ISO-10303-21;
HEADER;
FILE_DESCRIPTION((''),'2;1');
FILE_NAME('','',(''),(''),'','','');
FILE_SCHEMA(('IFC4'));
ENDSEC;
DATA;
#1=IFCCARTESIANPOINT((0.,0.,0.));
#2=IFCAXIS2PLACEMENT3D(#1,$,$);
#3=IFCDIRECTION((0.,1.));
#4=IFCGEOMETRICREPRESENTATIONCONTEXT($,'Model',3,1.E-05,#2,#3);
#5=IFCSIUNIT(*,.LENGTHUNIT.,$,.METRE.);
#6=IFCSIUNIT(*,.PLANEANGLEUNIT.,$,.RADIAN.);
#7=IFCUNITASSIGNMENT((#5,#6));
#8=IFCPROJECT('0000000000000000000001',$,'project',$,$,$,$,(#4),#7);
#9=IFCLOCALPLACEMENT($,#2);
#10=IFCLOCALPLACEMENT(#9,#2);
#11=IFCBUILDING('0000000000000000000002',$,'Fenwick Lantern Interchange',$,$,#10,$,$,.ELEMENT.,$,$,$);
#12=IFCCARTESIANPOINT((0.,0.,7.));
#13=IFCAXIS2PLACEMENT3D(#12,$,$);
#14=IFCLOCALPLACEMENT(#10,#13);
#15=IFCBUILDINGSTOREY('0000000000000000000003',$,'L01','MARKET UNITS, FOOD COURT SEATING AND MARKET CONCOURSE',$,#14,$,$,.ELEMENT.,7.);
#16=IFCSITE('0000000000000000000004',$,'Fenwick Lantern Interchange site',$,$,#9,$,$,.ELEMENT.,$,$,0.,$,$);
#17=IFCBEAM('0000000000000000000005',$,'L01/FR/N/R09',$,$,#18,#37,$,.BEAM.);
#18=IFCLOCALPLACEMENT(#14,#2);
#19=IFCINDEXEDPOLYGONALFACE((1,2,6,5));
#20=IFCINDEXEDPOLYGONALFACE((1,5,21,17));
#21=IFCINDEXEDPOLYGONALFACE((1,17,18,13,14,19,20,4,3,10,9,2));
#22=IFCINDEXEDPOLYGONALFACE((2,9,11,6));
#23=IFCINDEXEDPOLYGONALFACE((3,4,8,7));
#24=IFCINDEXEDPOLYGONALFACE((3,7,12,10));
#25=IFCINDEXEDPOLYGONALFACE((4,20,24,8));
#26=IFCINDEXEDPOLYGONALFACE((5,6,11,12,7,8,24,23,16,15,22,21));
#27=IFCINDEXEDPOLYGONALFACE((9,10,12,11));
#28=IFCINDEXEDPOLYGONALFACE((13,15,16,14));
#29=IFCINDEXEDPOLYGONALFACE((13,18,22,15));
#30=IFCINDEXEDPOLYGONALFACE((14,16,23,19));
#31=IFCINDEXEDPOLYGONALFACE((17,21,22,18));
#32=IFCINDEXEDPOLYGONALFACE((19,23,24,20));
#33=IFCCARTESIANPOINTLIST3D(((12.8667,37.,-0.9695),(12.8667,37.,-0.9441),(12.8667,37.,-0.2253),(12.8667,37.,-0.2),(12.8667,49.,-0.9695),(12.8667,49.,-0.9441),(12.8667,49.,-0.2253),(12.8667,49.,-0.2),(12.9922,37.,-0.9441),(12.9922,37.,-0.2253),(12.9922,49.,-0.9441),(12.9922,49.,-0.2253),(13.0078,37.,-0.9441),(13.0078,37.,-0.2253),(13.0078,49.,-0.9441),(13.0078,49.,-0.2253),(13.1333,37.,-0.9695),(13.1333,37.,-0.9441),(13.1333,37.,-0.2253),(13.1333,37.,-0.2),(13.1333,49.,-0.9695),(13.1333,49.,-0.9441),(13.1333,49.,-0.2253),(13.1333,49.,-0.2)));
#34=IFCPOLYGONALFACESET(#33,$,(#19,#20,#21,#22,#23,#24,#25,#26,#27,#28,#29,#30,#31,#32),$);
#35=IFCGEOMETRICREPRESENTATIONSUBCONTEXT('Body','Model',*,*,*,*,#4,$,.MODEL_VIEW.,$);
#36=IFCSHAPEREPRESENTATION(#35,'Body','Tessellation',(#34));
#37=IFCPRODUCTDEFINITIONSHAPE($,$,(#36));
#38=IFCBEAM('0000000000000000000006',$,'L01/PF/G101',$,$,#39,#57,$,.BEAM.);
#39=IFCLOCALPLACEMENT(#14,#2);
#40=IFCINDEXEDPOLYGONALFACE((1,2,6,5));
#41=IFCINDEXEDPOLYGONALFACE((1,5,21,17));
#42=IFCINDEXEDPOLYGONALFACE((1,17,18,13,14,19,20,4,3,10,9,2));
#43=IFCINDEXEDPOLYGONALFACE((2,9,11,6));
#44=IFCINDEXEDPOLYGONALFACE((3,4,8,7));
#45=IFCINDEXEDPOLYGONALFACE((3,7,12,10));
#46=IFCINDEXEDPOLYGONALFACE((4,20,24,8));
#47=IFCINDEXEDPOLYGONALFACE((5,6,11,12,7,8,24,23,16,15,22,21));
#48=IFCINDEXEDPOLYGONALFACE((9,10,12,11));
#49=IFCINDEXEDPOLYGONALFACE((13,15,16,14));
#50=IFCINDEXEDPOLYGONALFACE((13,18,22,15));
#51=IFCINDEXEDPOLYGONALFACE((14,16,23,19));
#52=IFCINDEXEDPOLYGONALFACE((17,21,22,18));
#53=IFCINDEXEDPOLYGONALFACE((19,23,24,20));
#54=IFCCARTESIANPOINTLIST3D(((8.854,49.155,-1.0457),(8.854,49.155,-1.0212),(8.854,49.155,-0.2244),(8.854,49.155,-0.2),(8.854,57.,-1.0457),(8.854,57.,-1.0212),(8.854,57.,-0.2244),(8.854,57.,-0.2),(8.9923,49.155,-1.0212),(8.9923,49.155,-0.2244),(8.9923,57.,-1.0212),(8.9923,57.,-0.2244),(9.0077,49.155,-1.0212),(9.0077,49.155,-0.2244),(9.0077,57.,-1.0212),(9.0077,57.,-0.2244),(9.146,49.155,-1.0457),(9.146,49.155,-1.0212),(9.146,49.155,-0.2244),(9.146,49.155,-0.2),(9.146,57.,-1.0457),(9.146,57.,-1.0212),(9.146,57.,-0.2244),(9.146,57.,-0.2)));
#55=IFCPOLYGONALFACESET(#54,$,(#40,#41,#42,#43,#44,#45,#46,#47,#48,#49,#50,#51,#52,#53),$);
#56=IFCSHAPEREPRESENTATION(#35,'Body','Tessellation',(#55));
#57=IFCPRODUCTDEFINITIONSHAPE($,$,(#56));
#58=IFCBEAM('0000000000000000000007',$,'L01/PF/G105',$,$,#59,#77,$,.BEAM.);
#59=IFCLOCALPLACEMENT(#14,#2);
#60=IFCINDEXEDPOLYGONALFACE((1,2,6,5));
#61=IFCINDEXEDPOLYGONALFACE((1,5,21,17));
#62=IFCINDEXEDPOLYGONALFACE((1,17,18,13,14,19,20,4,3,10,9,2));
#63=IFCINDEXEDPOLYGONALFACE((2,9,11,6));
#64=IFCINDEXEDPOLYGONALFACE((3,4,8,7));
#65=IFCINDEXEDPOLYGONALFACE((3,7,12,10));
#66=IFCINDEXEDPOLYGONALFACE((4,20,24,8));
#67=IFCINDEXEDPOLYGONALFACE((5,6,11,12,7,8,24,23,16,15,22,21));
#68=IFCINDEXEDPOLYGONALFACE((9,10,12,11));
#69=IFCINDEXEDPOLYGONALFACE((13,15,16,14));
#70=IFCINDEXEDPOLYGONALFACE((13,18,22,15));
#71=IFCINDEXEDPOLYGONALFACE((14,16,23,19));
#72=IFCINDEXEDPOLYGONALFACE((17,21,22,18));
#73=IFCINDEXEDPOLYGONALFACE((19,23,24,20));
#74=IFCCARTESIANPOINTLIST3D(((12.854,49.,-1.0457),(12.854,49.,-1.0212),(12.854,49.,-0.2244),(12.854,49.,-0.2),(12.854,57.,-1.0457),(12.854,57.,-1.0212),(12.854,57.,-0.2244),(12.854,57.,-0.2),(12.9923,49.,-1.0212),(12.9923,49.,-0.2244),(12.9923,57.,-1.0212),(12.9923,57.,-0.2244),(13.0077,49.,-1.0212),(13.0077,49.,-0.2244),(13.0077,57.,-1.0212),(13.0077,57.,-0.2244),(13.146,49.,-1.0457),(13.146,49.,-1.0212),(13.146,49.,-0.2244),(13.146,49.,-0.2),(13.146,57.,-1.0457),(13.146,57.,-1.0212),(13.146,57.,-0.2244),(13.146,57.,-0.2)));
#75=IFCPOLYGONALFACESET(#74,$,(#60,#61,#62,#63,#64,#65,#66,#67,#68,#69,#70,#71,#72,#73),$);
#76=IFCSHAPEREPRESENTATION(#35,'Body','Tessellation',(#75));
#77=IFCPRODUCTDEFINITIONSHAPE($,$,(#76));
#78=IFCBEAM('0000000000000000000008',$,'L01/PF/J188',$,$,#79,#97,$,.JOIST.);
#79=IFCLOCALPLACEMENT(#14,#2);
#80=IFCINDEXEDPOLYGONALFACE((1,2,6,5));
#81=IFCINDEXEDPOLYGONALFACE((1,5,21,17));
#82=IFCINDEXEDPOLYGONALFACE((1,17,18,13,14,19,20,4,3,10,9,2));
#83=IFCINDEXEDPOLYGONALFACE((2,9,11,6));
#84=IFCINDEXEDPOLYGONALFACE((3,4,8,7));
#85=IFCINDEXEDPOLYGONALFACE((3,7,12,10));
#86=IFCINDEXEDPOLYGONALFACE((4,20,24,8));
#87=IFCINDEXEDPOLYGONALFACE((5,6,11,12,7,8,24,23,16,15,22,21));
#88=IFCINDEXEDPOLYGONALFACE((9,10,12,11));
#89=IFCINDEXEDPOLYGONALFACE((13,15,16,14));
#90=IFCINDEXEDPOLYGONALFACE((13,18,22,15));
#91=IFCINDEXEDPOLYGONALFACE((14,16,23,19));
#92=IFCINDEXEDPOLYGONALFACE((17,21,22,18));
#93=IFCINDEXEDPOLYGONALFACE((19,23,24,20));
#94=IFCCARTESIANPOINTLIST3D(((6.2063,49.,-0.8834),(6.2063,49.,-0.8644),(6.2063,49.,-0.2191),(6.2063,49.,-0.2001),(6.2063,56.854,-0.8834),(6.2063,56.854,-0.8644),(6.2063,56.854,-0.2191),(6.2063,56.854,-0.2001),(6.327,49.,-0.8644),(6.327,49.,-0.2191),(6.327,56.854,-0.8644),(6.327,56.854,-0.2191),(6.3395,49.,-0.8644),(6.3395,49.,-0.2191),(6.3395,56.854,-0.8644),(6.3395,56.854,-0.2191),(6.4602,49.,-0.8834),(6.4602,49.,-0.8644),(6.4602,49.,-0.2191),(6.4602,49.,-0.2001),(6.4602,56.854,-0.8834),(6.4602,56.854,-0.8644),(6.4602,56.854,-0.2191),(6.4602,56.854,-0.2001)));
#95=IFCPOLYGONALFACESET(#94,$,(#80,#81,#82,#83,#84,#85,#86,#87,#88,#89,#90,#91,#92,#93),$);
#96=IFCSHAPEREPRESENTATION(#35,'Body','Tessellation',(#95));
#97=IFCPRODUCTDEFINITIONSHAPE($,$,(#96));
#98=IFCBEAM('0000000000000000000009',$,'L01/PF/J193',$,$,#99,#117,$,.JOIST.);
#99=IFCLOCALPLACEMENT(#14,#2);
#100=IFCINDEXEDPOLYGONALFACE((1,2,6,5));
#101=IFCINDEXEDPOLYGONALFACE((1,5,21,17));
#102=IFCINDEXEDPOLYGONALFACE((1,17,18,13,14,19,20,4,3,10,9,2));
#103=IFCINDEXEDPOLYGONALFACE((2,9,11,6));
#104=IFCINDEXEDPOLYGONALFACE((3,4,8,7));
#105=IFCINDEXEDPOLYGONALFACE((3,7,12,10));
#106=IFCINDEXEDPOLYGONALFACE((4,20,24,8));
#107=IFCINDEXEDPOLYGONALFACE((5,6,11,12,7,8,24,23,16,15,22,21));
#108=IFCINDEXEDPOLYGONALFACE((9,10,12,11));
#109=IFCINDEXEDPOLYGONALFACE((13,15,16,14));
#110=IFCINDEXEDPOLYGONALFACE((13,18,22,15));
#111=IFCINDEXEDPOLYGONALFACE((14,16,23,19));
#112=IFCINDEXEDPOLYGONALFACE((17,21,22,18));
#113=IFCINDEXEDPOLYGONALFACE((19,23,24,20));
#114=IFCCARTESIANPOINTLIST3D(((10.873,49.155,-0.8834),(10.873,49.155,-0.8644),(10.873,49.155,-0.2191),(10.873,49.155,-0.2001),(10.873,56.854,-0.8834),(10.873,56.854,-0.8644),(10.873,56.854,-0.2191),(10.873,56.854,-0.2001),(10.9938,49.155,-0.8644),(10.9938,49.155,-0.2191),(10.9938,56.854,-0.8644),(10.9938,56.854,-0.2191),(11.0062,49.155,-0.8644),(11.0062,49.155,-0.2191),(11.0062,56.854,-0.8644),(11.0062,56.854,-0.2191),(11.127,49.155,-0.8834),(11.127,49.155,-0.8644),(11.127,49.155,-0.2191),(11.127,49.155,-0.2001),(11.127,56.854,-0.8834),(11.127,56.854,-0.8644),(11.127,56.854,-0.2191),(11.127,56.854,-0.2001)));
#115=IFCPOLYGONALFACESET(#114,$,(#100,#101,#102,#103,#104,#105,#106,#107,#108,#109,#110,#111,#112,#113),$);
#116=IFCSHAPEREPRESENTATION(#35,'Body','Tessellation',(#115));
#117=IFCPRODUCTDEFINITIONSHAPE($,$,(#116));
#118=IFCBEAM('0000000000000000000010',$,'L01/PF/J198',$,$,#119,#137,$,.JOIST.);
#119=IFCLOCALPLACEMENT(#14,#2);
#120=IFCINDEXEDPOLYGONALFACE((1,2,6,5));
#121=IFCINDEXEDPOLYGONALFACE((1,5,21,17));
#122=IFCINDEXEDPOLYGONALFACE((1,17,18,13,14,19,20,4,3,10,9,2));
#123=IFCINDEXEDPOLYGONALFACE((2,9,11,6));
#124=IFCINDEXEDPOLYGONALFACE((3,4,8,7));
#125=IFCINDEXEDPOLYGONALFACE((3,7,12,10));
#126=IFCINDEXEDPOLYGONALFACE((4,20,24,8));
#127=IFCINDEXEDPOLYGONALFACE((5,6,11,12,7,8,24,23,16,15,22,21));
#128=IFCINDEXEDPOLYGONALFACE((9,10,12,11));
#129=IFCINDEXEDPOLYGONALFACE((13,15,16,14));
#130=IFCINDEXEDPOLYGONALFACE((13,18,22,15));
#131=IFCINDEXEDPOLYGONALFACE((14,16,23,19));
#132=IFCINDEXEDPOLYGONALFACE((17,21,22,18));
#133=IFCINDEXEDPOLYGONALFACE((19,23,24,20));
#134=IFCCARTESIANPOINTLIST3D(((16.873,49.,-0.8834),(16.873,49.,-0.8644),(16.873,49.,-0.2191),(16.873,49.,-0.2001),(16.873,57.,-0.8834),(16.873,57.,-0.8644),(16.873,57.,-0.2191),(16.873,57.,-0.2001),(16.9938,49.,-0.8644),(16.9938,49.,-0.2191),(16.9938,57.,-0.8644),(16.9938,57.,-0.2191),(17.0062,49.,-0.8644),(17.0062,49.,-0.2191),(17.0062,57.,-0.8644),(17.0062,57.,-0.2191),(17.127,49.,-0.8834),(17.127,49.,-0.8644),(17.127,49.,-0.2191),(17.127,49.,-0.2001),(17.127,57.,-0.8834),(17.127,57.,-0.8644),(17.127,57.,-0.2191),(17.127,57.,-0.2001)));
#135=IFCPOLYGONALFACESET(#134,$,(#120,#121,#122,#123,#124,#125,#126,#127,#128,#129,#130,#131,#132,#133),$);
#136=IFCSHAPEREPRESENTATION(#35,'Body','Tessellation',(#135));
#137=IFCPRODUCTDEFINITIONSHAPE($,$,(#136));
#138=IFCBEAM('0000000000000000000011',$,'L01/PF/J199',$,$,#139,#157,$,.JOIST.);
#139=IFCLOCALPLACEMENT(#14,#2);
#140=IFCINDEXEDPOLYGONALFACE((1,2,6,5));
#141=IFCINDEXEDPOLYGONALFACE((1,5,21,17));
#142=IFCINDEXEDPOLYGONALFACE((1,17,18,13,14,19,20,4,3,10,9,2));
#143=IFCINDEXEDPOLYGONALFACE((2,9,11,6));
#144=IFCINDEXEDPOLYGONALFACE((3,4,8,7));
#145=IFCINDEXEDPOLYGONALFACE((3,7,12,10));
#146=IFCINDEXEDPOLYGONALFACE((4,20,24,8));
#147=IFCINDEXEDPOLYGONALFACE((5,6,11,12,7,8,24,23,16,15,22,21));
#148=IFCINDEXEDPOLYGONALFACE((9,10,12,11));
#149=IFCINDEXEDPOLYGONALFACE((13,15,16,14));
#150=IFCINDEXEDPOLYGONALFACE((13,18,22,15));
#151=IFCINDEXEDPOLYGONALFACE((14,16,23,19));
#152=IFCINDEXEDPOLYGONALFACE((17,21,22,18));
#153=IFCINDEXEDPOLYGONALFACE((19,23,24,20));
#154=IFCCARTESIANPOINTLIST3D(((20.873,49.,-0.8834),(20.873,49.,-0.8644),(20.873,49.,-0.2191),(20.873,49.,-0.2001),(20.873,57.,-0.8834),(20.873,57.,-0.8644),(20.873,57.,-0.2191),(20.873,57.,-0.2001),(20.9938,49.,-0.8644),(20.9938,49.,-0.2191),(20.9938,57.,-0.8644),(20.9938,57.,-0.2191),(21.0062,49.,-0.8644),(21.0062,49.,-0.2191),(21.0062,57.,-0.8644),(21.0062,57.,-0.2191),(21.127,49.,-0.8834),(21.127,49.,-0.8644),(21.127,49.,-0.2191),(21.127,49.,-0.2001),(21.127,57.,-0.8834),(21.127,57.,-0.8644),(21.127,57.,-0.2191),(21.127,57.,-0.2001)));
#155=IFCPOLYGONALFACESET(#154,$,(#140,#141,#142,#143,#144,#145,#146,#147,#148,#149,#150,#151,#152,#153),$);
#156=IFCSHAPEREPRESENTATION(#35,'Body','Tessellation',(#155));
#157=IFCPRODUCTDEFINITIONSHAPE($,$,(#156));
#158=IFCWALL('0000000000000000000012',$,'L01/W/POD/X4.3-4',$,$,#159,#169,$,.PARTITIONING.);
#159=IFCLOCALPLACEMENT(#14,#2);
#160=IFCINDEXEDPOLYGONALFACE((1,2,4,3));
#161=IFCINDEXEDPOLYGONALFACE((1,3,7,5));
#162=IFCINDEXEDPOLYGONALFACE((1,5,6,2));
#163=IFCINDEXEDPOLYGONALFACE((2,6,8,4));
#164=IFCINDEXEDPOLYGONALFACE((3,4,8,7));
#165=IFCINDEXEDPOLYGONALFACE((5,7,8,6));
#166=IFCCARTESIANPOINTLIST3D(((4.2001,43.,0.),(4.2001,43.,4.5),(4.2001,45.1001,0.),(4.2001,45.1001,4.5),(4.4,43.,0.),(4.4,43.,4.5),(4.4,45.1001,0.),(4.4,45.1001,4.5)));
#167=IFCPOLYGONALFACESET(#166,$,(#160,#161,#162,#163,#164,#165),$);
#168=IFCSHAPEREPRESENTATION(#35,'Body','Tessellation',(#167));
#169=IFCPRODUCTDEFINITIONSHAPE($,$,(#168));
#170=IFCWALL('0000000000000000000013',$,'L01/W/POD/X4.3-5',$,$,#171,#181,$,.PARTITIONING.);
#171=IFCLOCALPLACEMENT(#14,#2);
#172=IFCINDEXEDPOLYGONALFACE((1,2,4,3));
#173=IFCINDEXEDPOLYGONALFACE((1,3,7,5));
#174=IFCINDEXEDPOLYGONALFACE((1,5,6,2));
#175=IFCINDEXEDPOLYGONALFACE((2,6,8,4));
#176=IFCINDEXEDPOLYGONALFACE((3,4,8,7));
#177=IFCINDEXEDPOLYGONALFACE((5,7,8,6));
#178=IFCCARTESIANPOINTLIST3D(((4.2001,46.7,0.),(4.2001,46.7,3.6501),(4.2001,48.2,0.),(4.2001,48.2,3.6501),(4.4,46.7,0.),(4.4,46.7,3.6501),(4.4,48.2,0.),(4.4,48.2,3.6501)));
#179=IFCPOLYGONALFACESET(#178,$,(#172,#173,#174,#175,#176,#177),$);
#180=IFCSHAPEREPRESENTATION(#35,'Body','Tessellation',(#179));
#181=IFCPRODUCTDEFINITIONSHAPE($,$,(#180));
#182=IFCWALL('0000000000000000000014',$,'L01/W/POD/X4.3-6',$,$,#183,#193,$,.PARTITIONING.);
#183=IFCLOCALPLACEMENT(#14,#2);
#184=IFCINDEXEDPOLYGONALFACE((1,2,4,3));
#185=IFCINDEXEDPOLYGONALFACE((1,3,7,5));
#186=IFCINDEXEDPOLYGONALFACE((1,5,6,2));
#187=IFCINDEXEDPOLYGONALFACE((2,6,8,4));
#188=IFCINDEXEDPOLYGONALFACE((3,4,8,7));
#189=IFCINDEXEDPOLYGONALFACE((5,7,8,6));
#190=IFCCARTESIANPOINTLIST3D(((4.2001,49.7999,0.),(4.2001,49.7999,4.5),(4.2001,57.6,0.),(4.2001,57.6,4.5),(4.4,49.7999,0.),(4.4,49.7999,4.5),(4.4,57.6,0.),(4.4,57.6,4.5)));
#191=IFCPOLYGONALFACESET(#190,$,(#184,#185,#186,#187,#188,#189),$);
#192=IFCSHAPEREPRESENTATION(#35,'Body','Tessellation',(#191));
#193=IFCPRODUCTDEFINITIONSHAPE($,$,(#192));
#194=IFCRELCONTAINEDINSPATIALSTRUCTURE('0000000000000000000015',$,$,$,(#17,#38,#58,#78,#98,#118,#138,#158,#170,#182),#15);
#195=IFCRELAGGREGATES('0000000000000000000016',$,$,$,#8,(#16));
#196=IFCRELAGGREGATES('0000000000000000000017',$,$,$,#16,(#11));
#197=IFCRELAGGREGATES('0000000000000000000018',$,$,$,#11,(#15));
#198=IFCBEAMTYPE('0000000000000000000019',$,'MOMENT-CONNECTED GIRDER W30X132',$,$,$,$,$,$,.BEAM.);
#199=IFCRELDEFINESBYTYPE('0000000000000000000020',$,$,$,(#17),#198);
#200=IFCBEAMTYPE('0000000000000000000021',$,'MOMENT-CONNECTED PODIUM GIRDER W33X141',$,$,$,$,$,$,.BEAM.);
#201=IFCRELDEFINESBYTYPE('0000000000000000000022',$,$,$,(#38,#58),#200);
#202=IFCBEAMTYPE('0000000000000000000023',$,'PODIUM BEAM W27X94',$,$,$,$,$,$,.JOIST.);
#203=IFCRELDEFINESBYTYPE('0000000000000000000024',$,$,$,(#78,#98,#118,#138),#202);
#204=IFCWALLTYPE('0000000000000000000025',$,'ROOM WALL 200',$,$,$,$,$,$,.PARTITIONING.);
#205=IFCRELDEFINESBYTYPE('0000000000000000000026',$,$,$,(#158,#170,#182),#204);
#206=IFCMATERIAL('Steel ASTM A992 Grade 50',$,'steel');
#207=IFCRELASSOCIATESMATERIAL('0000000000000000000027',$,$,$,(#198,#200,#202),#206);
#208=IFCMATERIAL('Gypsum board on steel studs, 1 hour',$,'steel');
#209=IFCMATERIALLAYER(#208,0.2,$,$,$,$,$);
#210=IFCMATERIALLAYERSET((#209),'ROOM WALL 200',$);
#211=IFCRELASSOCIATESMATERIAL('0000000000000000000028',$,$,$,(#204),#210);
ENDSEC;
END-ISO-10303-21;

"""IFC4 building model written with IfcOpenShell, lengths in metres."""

from ifc_helpers import new_model, si_unit, direction, frame, frame_2d, origin, origin_2d, place, context, subcontext, project, spatial, rectangle, i_section, extrude, material, layer, layer_set, material_profile, profile_set, type_object, element, save


model = new_model("IFC4")

# Units and contexts
model_context = context("Model", 3, precision=1e-05, world=origin(), true_north=direction((0.0, 1.0)))
body_context = subcontext(model_context, "Body", "Model", "MODEL_VIEW")
ifc_project = project(units=[si_unit("LENGTHUNIT", "METRE"), si_unit("PLANEANGLEUNIT", "RADIAN")], contexts=[model_context])

# Site, building, storey
site_placement = place(None, origin())
site = spatial("IfcSite", under=ifc_project, at=site_placement, Name="Fenwick Lantern Interchange site", CompositionType="ELEMENT", RefElevation=0.0)
building_placement = place(site_placement, origin())
building = spatial("IfcBuilding", under=site, at=building_placement, Name="Fenwick Lantern Interchange", CompositionType="ELEMENT")
storey_placement = place(building_placement, frame((0.0, 0.0, 7.0)))
storey = spatial("IfcBuildingStorey", under=building, at=storey_placement, Name="L01", Description="MARKET UNITS, FOOD COURT SEATING AND MARKET CONCOURSE", CompositionType="ELEMENT", Elevation=7.0)

# Beams
ifc_material_1 = material(Name="Steel ASTM A992 Grade 50", Category="steel")
ifc_material_profile_1 = material_profile(ifc_material_1, i_section(OverallWidth=0.2666, OverallDepth=0.7695, WebThickness=0.0156, FlangeThickness=0.0254, at=origin_2d()), Name="W30X132")
ifc_profile_set_1 = profile_set([ifc_material_profile_1], Name="Steel ASTM A992 Grade 50")
beam_type_1 = type_object("IfcBeamType", Name="MOMENT-CONNECTED GIRDER W30X132", PredefinedType="BEAM", material=ifc_profile_set_1)
beam_1_placement = place(storey_placement, frame((13.0, 49.0, -0.5847), z_axis=(0.0, -1.0, 0.0), x_axis=(1.0, 0.0, 0.0)))
element("IfcBeam", 1, at=beam_1_placement, inside=storey, type_object=beam_type_1, Name="L01/FR/N/R09", PredefinedType="BEAM", context=body_context, shape_type="SweptSolid", body=[
    extrude(i_section(OverallWidth=0.2666, OverallDepth=0.7695, WebThickness=0.0156, FlangeThickness=0.0254, at=origin_2d()), origin(), (0.0, 0.0, 1.0), 12.0),
])
ifc_material_profile_2 = material_profile(ifc_material_1, i_section(OverallWidth=0.292, OverallDepth=0.8457, WebThickness=0.0154, FlangeThickness=0.0244, at=origin_2d()), Name="W33X141")
ifc_profile_set_2 = profile_set([ifc_material_profile_2], Name="Steel ASTM A992 Grade 50")
beam_type_2 = type_object("IfcBeamType", Name="MOMENT-CONNECTED PODIUM GIRDER W33X141", PredefinedType="BEAM", material=ifc_profile_set_2)
beam_2_placement = place(storey_placement, frame((9.0, 49.155, -0.6228), z_axis=(0.0, 1.0, 0.0), x_axis=(-1.0, 0.0, 0.0)))
element("IfcBeam", 2, at=beam_2_placement, inside=storey, type_object=beam_type_2, Name="L01/PF/G101", PredefinedType="BEAM", context=body_context, shape_type="SweptSolid", body=[
    extrude(i_section(OverallWidth=0.292, OverallDepth=0.8457, WebThickness=0.0154, FlangeThickness=0.0244, at=origin_2d()), origin(), (0.0, 0.0, 1.0), 7.845),
])
beam_3_placement = place(storey_placement, frame((13.0, 49.0, -0.6228), z_axis=(0.0, 1.0, 0.0), x_axis=(-1.0, 0.0, 0.0)))
element("IfcBeam", 3, at=beam_3_placement, inside=storey, type_object=beam_type_2, Name="L01/PF/G105", PredefinedType="BEAM", context=body_context, shape_type="SweptSolid", body=[
    extrude(i_section(OverallWidth=0.292, OverallDepth=0.8457, WebThickness=0.0154, FlangeThickness=0.0244, at=origin_2d()), origin(), (0.0, 0.0, 1.0), 8.0),
])
ifc_material_profile_3 = material_profile(ifc_material_1, i_section(OverallWidth=0.2539, OverallDepth=0.6833, WebThickness=0.0125, FlangeThickness=0.019, at=origin_2d()), Name="W27X94")
ifc_profile_set_3 = profile_set([ifc_material_profile_3], Name="Steel ASTM A992 Grade 50")
beam_type_3 = type_object("IfcBeamType", Name="PODIUM BEAM W27X94", PredefinedType="JOIST", material=ifc_profile_set_3)
beam_4_placement = place(storey_placement, frame((6.3333, 49.0, -0.5417), z_axis=(0.0, 1.0, 0.0), x_axis=(-1.0, 0.0, 0.0)))
element("IfcBeam", 4, at=beam_4_placement, inside=storey, type_object=beam_type_3, Name="L01/PF/J188", PredefinedType="JOIST", context=body_context, shape_type="SweptSolid", body=[
    extrude(i_section(OverallWidth=0.2539, OverallDepth=0.6833, WebThickness=0.0125, FlangeThickness=0.019, at=origin_2d()), origin(), (0.0, 0.0, 1.0), 7.854),
])
beam_5_placement = place(storey_placement, frame((11.0, 49.155, -0.5417), z_axis=(0.0, 1.0, 0.0), x_axis=(-1.0, 0.0, 0.0)))
element("IfcBeam", 5, at=beam_5_placement, inside=storey, type_object=beam_type_3, Name="L01/PF/J193", PredefinedType="JOIST", context=body_context, shape_type="SweptSolid", body=[
    extrude(i_section(OverallWidth=0.2539, OverallDepth=0.6833, WebThickness=0.0125, FlangeThickness=0.019, at=origin_2d()), origin(), (0.0, 0.0, 1.0), 7.699),
])
for number, where, z_axis, x_axis, name in (
    (6, (17.0, 49.0, -0.5417), (0.0, 1.0, 0.0), (-1.0, 0.0, 0.0), "L01/PF/J198"),
    (7, (21.0, 49.0, -0.5417), (0.0, 1.0, 0.0), (-1.0, 0.0, 0.0), "L01/PF/J199"),
):
    element("IfcBeam", number, at=place(storey_placement, frame(where, z_axis=z_axis, x_axis=x_axis)), inside=storey, type_object=beam_type_3, Name=name, PredefinedType="JOIST", context=body_context, shape_type="SweptSolid", body=[
        extrude(i_section(OverallWidth=0.2539, OverallDepth=0.6833, WebThickness=0.0125, FlangeThickness=0.019, at=origin_2d()), origin(), (0.0, 0.0, 1.0), 8.0),
    ])

# Walls
ifc_material_2 = material(Name="Gypsum board on steel studs, 1 hour", Category="steel")
ifc_layer = layer(ifc_material_2, 0.2)
ifc_layer_set = layer_set([ifc_layer], Name="ROOM WALL 200")
wall_type = type_object("IfcWallType", Name="ROOM WALL 200", PredefinedType="PARTITIONING", material=ifc_layer_set)
wall_1_placement = place(storey_placement, frame((4.3, 43.0, 0.0), z_axis=(0.0, 0.0, 1.0), x_axis=(0.0, 1.0, 0.0)))
element("IfcWall", 8, at=wall_1_placement, inside=storey, type_object=wall_type, Name="L01/W/POD/X4.3-4", PredefinedType="PARTITIONING", context=body_context, shape_type="SweptSolid", body=[
    extrude(rectangle(XDim=2.1001, YDim=0.2, at=frame_2d((1.05, 0.0))), origin(), (0.0, 0.0, 1.0), 4.5),
])
wall_2_placement = place(storey_placement, frame((4.3, 46.7, 0.0), z_axis=(0.0, 0.0, 1.0), x_axis=(0.0, 1.0, 0.0)))
element("IfcWall", 9, at=wall_2_placement, inside=storey, type_object=wall_type, Name="L01/W/POD/X4.3-5", PredefinedType="PARTITIONING", context=body_context, shape_type="SweptSolid", body=[
    extrude(rectangle(XDim=1.5, YDim=0.2, at=frame_2d((0.75, 0.0))), origin(), (0.0, 0.0, 1.0), 3.6501),
])
wall_3_placement = place(storey_placement, frame((4.3, 49.8, 0.0), z_axis=(0.0, 0.0, 1.0), x_axis=(0.0, 1.0, 0.0)))
element("IfcWall", 10, at=wall_3_placement, inside=storey, type_object=wall_type, Name="L01/W/POD/X4.3-6", PredefinedType="PARTITIONING", context=body_context, shape_type="SweptSolid", body=[
    extrude(rectangle(XDim=7.8, YDim=0.2, at=frame_2d((3.8999, 0.0))), origin(), (0.0, 0.0, 1.0), 4.5),
])

save(model, "model.ifc")
